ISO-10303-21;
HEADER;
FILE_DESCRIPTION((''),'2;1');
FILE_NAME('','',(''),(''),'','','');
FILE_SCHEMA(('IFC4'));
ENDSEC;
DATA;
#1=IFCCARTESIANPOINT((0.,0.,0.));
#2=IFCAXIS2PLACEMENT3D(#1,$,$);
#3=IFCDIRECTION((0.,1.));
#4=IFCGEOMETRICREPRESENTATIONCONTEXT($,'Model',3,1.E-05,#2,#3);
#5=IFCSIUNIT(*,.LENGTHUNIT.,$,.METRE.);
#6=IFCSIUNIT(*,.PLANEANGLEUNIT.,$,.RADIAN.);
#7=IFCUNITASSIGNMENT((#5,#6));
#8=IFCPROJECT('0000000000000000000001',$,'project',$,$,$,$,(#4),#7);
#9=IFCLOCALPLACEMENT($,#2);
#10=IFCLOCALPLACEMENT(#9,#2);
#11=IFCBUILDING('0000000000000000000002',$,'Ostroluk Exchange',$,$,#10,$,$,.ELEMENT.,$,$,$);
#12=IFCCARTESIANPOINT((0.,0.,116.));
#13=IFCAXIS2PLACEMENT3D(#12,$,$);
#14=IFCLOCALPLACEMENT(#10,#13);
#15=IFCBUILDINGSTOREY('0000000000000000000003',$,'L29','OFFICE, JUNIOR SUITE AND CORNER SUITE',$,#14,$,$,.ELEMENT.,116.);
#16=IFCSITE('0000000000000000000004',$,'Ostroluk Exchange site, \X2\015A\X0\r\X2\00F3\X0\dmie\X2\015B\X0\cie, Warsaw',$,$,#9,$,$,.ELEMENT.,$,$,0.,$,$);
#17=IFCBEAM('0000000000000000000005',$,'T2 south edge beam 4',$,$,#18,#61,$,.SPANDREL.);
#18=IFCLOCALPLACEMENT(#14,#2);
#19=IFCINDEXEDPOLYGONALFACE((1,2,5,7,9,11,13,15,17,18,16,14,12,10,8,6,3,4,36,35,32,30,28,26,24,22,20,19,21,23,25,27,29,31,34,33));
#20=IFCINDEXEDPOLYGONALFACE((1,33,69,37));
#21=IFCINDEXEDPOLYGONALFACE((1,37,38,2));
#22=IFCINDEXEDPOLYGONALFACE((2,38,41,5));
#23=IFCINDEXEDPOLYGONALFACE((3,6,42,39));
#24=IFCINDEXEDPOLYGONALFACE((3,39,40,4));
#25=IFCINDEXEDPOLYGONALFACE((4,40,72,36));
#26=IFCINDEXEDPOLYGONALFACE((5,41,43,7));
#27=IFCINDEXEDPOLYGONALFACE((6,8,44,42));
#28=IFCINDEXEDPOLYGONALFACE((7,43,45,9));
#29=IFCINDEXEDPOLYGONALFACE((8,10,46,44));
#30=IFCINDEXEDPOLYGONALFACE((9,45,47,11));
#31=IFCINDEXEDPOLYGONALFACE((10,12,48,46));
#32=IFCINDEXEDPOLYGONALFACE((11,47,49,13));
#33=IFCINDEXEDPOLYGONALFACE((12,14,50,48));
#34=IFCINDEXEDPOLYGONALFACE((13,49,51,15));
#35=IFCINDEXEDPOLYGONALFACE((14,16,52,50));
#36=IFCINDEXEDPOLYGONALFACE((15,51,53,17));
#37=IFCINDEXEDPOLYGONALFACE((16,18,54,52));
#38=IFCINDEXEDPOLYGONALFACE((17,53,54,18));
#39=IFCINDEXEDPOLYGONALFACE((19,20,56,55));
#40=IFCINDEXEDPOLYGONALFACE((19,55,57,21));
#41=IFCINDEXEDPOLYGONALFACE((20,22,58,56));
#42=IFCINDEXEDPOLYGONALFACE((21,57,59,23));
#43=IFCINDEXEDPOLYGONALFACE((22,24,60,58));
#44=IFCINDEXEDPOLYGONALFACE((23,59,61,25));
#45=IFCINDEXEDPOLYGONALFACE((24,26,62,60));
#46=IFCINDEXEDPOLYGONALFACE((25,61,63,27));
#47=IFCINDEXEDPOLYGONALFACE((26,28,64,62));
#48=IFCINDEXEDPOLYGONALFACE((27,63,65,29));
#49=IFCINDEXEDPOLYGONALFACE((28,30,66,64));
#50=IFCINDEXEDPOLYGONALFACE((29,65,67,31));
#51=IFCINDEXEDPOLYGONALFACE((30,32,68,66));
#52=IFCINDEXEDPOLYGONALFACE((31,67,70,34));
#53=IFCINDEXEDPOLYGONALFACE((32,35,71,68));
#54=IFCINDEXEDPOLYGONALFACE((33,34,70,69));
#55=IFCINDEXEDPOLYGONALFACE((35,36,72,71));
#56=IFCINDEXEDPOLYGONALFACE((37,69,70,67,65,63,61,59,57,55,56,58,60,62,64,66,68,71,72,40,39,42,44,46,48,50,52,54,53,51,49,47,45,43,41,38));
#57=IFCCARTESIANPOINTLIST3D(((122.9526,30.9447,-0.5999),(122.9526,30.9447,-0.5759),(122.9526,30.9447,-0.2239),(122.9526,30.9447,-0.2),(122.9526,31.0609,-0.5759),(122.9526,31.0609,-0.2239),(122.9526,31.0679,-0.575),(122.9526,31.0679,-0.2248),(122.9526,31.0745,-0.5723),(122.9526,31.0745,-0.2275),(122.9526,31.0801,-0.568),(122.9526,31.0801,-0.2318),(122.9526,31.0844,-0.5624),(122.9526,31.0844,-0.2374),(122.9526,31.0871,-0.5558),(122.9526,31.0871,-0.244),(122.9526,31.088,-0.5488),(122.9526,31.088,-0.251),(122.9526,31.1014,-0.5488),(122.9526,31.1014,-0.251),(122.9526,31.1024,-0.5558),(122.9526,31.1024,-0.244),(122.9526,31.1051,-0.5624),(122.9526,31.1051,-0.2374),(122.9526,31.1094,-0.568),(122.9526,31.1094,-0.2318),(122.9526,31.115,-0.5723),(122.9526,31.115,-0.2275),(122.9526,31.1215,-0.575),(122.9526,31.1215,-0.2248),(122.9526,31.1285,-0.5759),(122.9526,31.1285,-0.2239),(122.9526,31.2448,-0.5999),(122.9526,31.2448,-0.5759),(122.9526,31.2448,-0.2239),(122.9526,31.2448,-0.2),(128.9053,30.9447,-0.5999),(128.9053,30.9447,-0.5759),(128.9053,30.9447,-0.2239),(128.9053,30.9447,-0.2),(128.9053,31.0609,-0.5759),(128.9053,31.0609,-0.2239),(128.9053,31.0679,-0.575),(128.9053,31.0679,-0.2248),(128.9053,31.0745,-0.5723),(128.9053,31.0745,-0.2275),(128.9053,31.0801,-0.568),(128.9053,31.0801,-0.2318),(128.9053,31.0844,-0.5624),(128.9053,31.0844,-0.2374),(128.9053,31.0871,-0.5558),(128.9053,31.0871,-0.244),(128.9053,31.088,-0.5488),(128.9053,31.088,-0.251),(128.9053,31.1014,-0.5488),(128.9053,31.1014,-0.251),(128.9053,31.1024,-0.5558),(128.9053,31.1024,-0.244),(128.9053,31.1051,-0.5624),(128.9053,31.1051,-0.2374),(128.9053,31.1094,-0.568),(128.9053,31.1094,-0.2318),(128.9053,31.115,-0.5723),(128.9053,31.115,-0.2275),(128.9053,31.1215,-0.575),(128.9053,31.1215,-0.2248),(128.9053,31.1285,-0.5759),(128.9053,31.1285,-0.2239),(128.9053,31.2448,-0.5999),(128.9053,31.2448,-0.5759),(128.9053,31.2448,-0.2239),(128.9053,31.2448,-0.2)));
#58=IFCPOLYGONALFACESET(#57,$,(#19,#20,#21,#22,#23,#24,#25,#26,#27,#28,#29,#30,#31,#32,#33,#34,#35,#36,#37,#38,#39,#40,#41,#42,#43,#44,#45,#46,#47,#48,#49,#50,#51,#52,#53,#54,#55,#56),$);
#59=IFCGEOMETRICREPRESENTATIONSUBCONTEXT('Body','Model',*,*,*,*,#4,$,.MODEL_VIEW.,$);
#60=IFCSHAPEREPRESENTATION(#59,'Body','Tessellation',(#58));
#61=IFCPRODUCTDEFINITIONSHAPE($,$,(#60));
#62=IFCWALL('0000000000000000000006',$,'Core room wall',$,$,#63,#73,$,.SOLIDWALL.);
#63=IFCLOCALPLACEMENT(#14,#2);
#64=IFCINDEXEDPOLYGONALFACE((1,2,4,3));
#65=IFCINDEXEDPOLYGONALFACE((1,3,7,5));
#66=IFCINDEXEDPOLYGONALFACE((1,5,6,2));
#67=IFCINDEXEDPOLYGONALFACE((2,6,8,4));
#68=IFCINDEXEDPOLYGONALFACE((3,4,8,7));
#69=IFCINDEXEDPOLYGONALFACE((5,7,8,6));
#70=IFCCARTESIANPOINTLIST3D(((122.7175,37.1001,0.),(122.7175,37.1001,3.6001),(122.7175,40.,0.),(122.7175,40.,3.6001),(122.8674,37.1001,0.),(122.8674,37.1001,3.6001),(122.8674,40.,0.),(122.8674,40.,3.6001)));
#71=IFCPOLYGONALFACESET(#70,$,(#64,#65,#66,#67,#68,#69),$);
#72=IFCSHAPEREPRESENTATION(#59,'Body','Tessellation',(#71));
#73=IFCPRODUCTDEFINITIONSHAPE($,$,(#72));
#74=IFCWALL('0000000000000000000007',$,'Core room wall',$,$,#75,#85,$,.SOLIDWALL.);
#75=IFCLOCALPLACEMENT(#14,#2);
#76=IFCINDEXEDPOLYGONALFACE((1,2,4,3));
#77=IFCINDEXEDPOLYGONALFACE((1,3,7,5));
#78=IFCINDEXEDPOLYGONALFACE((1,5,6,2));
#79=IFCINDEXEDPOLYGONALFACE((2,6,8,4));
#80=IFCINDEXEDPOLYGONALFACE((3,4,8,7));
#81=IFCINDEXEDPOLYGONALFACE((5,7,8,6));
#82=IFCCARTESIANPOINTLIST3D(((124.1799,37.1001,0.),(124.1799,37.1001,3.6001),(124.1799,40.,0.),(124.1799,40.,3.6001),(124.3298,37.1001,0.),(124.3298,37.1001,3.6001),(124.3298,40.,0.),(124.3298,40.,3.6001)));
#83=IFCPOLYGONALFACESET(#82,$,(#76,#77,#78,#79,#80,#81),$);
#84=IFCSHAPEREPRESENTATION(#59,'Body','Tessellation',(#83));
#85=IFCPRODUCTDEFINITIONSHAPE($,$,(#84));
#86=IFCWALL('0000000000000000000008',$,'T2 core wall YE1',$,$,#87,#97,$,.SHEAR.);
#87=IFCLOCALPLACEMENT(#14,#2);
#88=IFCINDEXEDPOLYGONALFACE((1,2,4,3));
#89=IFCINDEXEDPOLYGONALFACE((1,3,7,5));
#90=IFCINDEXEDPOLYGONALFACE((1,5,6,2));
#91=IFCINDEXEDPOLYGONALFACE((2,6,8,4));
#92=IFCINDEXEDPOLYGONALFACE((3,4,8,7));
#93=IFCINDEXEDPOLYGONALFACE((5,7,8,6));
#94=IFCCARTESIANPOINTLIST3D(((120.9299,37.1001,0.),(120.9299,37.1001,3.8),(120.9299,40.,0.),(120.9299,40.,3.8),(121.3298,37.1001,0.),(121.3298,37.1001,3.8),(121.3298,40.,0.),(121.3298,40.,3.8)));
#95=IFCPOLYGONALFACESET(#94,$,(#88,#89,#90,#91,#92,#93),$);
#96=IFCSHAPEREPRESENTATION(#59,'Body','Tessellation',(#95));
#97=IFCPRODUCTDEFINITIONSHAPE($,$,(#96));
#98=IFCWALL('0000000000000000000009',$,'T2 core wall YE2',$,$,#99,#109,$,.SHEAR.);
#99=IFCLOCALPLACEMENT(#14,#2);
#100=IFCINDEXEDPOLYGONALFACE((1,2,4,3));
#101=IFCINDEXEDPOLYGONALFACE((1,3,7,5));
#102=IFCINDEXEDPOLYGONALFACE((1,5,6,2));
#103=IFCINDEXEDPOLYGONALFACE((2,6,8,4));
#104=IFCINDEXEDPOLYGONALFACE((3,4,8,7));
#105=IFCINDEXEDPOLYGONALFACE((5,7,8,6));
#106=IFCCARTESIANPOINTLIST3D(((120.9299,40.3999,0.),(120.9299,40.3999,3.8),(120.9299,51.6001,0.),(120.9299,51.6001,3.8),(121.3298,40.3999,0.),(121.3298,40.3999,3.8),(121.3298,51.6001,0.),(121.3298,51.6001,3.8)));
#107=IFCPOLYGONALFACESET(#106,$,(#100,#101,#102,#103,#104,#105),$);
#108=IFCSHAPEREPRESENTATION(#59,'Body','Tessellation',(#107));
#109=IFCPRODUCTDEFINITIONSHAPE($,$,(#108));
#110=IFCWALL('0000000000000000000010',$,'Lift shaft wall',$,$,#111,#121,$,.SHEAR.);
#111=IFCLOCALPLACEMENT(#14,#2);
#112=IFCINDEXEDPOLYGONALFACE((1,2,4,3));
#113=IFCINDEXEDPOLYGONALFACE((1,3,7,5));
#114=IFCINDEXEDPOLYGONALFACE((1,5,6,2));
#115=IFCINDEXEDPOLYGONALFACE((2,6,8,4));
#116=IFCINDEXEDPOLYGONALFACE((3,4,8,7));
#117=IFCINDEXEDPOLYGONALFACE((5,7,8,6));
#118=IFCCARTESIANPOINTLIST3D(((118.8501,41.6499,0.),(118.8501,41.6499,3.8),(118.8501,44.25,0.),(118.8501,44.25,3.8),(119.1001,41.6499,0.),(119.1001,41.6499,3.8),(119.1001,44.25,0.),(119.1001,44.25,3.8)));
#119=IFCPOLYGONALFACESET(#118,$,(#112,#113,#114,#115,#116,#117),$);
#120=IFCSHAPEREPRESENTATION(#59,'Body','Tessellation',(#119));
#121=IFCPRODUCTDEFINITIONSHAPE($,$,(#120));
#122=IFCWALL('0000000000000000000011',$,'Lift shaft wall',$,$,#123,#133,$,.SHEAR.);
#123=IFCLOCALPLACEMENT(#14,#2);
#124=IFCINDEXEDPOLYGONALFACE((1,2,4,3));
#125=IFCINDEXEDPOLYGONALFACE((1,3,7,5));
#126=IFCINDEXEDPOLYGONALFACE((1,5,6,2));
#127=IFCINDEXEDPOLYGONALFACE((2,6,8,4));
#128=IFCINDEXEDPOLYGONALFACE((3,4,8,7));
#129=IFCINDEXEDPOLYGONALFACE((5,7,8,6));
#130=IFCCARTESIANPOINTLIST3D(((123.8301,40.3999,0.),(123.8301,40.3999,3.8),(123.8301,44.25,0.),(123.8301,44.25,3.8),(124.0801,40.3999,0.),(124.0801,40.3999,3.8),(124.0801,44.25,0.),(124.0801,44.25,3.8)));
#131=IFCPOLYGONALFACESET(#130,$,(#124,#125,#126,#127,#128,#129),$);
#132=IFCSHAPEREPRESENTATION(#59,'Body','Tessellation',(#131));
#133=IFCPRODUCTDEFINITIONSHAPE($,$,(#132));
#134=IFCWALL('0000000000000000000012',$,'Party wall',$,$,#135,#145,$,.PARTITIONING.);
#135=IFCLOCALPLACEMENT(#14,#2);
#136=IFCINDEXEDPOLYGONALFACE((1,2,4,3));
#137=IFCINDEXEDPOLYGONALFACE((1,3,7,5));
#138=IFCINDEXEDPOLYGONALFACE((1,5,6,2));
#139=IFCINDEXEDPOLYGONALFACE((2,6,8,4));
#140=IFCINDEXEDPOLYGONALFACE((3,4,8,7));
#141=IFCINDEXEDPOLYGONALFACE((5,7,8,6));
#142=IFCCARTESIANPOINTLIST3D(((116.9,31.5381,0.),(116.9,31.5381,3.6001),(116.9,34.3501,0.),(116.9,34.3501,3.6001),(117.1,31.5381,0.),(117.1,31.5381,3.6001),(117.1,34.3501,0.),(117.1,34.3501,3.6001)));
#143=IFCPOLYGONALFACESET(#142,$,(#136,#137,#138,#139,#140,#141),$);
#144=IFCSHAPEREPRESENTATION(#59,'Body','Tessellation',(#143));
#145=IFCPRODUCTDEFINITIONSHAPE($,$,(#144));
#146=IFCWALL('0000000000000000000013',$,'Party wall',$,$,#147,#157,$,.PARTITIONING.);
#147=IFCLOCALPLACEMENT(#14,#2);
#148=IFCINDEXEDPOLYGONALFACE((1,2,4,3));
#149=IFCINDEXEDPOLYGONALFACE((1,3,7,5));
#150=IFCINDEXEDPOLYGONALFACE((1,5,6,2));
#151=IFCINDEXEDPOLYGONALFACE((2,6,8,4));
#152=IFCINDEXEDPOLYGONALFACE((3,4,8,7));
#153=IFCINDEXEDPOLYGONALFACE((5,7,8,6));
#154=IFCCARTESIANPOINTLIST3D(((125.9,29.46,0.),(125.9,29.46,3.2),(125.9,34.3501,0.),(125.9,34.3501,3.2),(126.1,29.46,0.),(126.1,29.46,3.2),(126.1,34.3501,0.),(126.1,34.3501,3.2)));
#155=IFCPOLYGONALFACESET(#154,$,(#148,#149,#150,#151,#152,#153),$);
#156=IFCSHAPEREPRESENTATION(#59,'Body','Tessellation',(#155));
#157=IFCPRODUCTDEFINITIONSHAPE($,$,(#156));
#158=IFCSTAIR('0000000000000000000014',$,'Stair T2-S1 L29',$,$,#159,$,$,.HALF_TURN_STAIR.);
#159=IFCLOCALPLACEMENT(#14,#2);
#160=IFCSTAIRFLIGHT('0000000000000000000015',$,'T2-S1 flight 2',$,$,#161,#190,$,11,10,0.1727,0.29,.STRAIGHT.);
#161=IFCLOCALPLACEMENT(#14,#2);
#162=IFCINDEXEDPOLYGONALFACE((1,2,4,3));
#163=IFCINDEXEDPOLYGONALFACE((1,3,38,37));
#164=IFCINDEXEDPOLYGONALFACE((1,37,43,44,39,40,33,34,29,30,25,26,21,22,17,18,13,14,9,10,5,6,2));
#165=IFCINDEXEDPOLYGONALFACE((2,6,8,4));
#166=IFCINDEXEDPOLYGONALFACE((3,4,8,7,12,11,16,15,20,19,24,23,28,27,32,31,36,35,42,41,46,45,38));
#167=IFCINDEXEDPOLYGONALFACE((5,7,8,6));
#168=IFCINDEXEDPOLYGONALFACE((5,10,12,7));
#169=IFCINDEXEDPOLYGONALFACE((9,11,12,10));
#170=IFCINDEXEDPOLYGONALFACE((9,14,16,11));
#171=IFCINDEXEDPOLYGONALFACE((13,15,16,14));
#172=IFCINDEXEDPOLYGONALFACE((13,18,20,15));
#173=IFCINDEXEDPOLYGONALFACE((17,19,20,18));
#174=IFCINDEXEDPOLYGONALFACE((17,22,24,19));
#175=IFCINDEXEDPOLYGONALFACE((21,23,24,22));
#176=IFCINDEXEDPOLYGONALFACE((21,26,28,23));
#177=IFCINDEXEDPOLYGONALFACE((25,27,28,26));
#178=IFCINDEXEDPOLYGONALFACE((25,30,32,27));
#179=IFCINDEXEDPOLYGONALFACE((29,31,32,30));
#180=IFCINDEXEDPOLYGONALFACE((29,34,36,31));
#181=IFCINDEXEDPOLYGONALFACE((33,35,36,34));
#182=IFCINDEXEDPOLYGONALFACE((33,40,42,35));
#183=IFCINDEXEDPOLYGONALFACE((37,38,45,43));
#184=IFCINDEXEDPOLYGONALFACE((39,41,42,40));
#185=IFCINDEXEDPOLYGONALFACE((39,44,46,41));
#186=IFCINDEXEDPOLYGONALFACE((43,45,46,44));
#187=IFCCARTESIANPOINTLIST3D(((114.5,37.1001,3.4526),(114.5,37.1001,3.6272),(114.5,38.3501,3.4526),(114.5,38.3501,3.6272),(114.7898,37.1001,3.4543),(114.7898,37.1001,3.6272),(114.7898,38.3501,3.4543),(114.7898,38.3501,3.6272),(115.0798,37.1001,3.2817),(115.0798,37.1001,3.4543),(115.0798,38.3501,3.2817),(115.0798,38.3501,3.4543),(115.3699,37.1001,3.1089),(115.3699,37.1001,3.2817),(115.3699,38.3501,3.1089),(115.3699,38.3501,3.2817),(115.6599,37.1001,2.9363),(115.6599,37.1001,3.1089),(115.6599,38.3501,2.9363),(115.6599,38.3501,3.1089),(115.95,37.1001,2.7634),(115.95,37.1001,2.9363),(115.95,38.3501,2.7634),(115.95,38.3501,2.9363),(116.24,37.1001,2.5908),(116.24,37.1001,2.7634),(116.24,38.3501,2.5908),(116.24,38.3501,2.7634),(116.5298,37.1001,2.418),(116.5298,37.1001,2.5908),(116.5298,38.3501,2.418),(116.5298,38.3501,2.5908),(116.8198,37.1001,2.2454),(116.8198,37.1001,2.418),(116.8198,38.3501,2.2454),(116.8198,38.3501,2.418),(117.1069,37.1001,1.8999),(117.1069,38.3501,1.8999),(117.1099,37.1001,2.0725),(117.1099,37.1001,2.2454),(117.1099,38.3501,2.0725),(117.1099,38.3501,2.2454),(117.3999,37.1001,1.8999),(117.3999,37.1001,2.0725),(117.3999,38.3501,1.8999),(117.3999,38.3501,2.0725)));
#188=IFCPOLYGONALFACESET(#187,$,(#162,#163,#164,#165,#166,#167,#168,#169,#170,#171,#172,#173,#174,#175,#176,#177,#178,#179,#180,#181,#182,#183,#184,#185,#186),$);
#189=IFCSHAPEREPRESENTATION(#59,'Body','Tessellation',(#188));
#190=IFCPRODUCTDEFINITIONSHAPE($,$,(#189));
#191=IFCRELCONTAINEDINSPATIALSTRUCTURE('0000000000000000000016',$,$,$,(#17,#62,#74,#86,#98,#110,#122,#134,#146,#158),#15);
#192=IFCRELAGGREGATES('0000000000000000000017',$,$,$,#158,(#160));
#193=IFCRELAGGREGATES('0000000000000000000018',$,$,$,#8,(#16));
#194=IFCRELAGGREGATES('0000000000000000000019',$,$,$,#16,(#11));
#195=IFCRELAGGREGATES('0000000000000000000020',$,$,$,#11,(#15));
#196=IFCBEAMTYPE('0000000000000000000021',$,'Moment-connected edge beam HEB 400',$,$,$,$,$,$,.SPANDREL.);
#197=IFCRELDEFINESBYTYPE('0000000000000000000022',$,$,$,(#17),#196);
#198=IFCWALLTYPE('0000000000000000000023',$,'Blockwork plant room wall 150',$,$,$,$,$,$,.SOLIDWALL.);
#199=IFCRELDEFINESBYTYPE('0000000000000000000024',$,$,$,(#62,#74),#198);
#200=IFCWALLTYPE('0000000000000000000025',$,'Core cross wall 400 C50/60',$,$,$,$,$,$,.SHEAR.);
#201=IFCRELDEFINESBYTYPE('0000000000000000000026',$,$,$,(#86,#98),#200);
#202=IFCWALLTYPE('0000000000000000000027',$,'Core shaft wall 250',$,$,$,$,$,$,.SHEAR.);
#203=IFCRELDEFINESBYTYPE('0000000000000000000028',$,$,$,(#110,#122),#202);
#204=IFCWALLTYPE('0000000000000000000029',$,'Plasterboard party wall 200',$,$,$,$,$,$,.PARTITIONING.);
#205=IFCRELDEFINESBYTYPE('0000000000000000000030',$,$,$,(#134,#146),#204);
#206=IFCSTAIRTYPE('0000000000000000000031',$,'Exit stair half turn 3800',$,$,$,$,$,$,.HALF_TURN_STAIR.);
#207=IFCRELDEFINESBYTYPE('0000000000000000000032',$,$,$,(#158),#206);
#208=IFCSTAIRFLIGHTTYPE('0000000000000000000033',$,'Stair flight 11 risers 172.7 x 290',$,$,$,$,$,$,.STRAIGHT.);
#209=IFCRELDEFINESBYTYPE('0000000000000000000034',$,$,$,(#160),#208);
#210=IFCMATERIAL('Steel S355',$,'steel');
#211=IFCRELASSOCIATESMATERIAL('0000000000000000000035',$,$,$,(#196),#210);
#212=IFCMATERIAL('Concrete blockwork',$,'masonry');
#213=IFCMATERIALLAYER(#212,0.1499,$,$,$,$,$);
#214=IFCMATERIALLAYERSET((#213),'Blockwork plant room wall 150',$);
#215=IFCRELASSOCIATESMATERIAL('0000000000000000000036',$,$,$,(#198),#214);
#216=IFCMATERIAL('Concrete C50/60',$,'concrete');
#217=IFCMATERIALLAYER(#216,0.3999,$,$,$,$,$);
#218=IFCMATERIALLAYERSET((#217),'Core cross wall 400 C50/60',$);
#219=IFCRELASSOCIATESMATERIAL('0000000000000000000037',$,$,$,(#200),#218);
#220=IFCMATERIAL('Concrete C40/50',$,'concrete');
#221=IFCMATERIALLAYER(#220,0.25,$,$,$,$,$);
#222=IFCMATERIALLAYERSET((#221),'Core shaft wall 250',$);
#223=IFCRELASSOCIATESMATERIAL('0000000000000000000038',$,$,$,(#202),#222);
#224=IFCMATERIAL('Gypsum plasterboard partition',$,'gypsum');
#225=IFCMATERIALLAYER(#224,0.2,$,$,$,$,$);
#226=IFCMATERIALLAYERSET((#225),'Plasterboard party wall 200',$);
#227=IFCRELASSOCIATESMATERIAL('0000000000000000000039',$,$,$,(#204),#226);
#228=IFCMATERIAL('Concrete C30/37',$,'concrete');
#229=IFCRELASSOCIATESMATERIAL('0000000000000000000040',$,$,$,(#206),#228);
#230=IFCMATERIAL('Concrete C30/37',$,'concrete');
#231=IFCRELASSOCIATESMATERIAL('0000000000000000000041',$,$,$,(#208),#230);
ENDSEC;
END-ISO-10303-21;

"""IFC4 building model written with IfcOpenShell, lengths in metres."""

from ifc_helpers import new_model, si_unit, direction, frame, frame_2d, origin, origin_2d, place, context, subcontext, project, spatial, polyline, rectangle, i_section, outline, extrude, material, layer, layer_set, material_profile, profile_set, type_object, element, aggregate, save


model = new_model("IFC4")

# Units and contexts
model_context = context("Model", 3, precision=1e-05, world=origin(), true_north=direction((0.0, 1.0)))
body_context = subcontext(model_context, "Body", "Model", "MODEL_VIEW")
ifc_project = project(units=[si_unit("LENGTHUNIT", "METRE"), si_unit("PLANEANGLEUNIT", "RADIAN")], contexts=[model_context])

# Site, building, storey
site_placement = place(None, origin())
site = spatial("IfcSite", under=ifc_project, at=site_placement, Name="Ostroluk Exchange site, Śródmieście, Warsaw", CompositionType="ELEMENT", RefElevation=0.0)
building_placement = place(site_placement, origin())
building = spatial("IfcBuilding", under=site, at=building_placement, Name="Ostroluk Exchange", CompositionType="ELEMENT")
storey_placement = place(building_placement, frame((0.0, 0.0, 116.0)))
storey = spatial("IfcBuildingStorey", under=building, at=storey_placement, Name="L29", Description="OFFICE, JUNIOR SUITE AND CORNER SUITE", CompositionType="ELEMENT", Elevation=116.0)

# Beam
ifc_material_1 = material(Name="Steel S355", Category="steel")
ifc_material_profile_1 = material_profile(ifc_material_1, i_section(OverallWidth=0.3, OverallDepth=0.3999, WebThickness=0.0134, FlangeThickness=0.0239, FilletRadius=0.0271, at=origin_2d()), Name="HEB 400")
ifc_profile_set_1 = profile_set([ifc_material_profile_1], Name="Steel S355")
beam_type_1 = type_object("IfcBeamType", Name="Moment-connected edge beam HEB 400", PredefinedType="SPANDREL", material=ifc_profile_set_1)
beam_1_placement = place(storey_placement, frame((122.9526, 31.0947, -0.3999), z_axis=(1.0, 0.0, 0.0), x_axis=(0.0, 1.0, 0.0)))
element("IfcBeam", 1, at=beam_1_placement, inside=storey, type_object=beam_type_1, Name="T2 south edge beam 4", PredefinedType="SPANDREL", context=body_context, shape_type="SweptSolid", body=[
    extrude(i_section(OverallWidth=0.3, OverallDepth=0.3999, WebThickness=0.0134, FlangeThickness=0.0239, FilletRadius=0.0271, at=origin_2d()), origin(), (0.0, 0.0, 1.0), 5.9526),
])

# Walls
ifc_material_2 = material(Name="Concrete blockwork", Category="masonry")
ifc_layer_1 = layer(ifc_material_2, 0.1499)
ifc_layer_set_1 = layer_set([ifc_layer_1], Name="Blockwork plant room wall 150")
wall_type_1 = type_object("IfcWallType", Name="Blockwork plant room wall 150", PredefinedType="SOLIDWALL", material=ifc_layer_set_1)
for number, where, z_axis, x_axis, name in (
    (2, (122.7925, 37.1001, 0.0), (0.0, 0.0, 1.0), (0.0, 1.0, 0.0), "Core room wall"),
    (3, (124.2549, 37.1001, 0.0), (0.0, 0.0, 1.0), (0.0, 1.0, 0.0), "Core room wall"),
):
    element("IfcWall", number, at=place(storey_placement, frame(where, z_axis=z_axis, x_axis=x_axis)), inside=storey, type_object=wall_type_1, Name=name, PredefinedType="SOLIDWALL", context=body_context, shape_type="SweptSolid", body=[
        extrude(rectangle(XDim=2.8999, YDim=0.1499, at=frame_2d((1.45, 0.0))), origin(), (0.0, 0.0, 1.0), 3.6001),
    ])
ifc_material_3 = material(Name="Concrete C50/60", Category="concrete")
ifc_layer_2 = layer(ifc_material_3, 0.3999)
ifc_layer_set_2 = layer_set([ifc_layer_2], Name="Core cross wall 400 C50/60")
wall_type_2 = type_object("IfcWallType", Name="Core cross wall 400 C50/60", PredefinedType="SHEAR", material=ifc_layer_set_2)
wall_1_placement = place(storey_placement, frame((121.1299, 37.1001, 0.0), z_axis=(0.0, 0.0, 1.0), x_axis=(0.0, 1.0, 0.0)))
element("IfcWall", 4, at=wall_1_placement, inside=storey, type_object=wall_type_2, Name="T2 core wall YE1", PredefinedType="SHEAR", context=body_context, shape_type="SweptSolid", body=[
    extrude(rectangle(XDim=2.8999, YDim=0.3999, at=frame_2d((1.45, 0.0))), origin(), (0.0, 0.0, 1.0), 3.8),
])
wall_2_placement = place(storey_placement, frame((121.1299, 40.3999, 0.0), z_axis=(0.0, 0.0, 1.0), x_axis=(0.0, 1.0, 0.0)))
element("IfcWall", 5, at=wall_2_placement, inside=storey, type_object=wall_type_2, Name="T2 core wall YE2", PredefinedType="SHEAR", context=body_context, shape_type="SweptSolid", body=[
    extrude(rectangle(XDim=11.2002, YDim=0.3999, at=frame_2d((5.6001, 0.0))), origin(), (0.0, 0.0, 1.0), 3.8),
])
ifc_material_4 = material(Name="Concrete C40/50", Category="concrete")
ifc_layer_3 = layer(ifc_material_4, 0.25)
ifc_layer_set_3 = layer_set([ifc_layer_3], Name="Core shaft wall 250")
wall_type_3 = type_object("IfcWallType", Name="Core shaft wall 250", PredefinedType="SHEAR", material=ifc_layer_set_3)
wall_3_placement = place(storey_placement, frame((118.9751, 44.25, 0.0), z_axis=(0.0, 0.0, 1.0), x_axis=(0.0, -1.0, 0.0)))
element("IfcWall", 6, at=wall_3_placement, inside=storey, type_object=wall_type_3, Name="Lift shaft wall", PredefinedType="SHEAR", context=body_context, shape_type="SweptSolid", body=[
    extrude(rectangle(XDim=2.6001, YDim=0.25, at=frame_2d((1.3, 0.0))), origin(), (0.0, 0.0, 1.0), 3.8),
])
wall_4_placement = place(storey_placement, frame((123.9551, 44.25, 0.0), z_axis=(0.0, 0.0, 1.0), x_axis=(0.0, -1.0, 0.0)))
element("IfcWall", 7, at=wall_4_placement, inside=storey, type_object=wall_type_3, Name="Lift shaft wall", PredefinedType="SHEAR", context=body_context, shape_type="SweptSolid", body=[
    extrude(rectangle(XDim=3.8501, YDim=0.25, at=frame_2d((1.925, 0.0))), origin(), (0.0, 0.0, 1.0), 3.8),
])

# Walls
ifc_material_5 = material(Name="Gypsum plasterboard partition", Category="gypsum")
ifc_layer_4 = layer(ifc_material_5, 0.2)
ifc_layer_set_4 = layer_set([ifc_layer_4], Name="Plasterboard party wall 200")
wall_type_4 = type_object("IfcWallType", Name="Plasterboard party wall 200", PredefinedType="PARTITIONING", material=ifc_layer_set_4)
wall_5_placement = place(storey_placement, frame((117.0, 34.3501, 0.0), z_axis=(0.0, 0.0, 1.0), x_axis=(0.0, -1.0, 0.0)))
element("IfcWall", 8, at=wall_5_placement, inside=storey, type_object=wall_type_4, Name="Party wall", PredefinedType="PARTITIONING", context=body_context, shape_type="SweptSolid", body=[
    extrude(rectangle(XDim=2.812, YDim=0.2, at=frame_2d((1.406, 0.0))), origin(), (0.0, 0.0, 1.0), 3.6001),
])
wall_6_placement = place(storey_placement, frame((126.0, 34.3501, 0.0), z_axis=(0.0, 0.0, 1.0), x_axis=(0.0, -1.0, 0.0)))
element("IfcWall", 9, at=wall_6_placement, inside=storey, type_object=wall_type_4, Name="Party wall", PredefinedType="PARTITIONING", context=body_context, shape_type="SweptSolid", body=[
    extrude(rectangle(XDim=4.8901, YDim=0.2, at=frame_2d((2.4451, 0.0))), origin(), (0.0, 0.0, 1.0), 3.2),
])

# Stair, stair flight
ifc_material_6 = material(Name="Concrete C30/37", Category="concrete")
stair_type = type_object("IfcStairType", Name="Exit stair half turn 3800", PredefinedType="HALF_TURN_STAIR", material=ifc_material_6)
stair_placement = place(storey_placement, origin())
stair = element("IfcStair", 10, at=stair_placement, inside=storey, type_object=stair_type, Name="Stair T2-S1 L29", PredefinedType="HALF_TURN_STAIR")
ifc_material_7 = material(Name="Concrete C30/37", Category="concrete")
stair_flight_type = type_object("IfcStairFlightType", Name="Stair flight 11 risers 172.7 x 290", PredefinedType="STRAIGHT", material=ifc_material_7)
stair_flight_placement = place(storey_placement, frame((117.3999, 37.7251, 1.8999), z_axis=(0.0, 0.0, 1.0), x_axis=(-1.0, 0.0, 0.0)))
stair_flight = element("IfcStairFlight", 11, at=stair_flight_placement, type_object=stair_flight_type, Name="T2-S1 flight 2", NumberOfRisers=11, NumberOfTreads=10, PredefinedType="STRAIGHT", RiserHeight=0.1727, TreadLength=0.29, context=body_context, shape_type="SweptSolid", body=[
    extrude(outline(polyline([(0.0, 0.0), (0.0, 0.1726), (0.29, 0.1726), (0.29, 0.3455), (0.5801, 0.3455), (0.5801, 0.5181), (0.8701, 0.5181), (0.8701, 0.6909), (1.1599, 0.6909), (1.1599, 0.8635), (1.45, 0.8635), (1.45, 1.0364), (1.74, 1.0364), (1.74, 1.209), (2.03, 1.209), (2.03, 1.3818), (2.3201, 1.3818), (2.3201, 1.5544), (2.6101, 1.5544), (2.6101, 1.7273), (2.8999, 1.7273), (2.8999, 1.8999), (2.8999, 1.5527), (0.293, 0.0), (0.0, 0.0)])), frame((0.0, 0.625, 0.0), z_axis=(0.0, -1.0, 0.0), x_axis=(1.0, 0.0, 0.0)), (0.0, 0.0, 1.0), 1.25),
])
aggregate(stair, [stair_flight])

save(model, "model.ifc")
